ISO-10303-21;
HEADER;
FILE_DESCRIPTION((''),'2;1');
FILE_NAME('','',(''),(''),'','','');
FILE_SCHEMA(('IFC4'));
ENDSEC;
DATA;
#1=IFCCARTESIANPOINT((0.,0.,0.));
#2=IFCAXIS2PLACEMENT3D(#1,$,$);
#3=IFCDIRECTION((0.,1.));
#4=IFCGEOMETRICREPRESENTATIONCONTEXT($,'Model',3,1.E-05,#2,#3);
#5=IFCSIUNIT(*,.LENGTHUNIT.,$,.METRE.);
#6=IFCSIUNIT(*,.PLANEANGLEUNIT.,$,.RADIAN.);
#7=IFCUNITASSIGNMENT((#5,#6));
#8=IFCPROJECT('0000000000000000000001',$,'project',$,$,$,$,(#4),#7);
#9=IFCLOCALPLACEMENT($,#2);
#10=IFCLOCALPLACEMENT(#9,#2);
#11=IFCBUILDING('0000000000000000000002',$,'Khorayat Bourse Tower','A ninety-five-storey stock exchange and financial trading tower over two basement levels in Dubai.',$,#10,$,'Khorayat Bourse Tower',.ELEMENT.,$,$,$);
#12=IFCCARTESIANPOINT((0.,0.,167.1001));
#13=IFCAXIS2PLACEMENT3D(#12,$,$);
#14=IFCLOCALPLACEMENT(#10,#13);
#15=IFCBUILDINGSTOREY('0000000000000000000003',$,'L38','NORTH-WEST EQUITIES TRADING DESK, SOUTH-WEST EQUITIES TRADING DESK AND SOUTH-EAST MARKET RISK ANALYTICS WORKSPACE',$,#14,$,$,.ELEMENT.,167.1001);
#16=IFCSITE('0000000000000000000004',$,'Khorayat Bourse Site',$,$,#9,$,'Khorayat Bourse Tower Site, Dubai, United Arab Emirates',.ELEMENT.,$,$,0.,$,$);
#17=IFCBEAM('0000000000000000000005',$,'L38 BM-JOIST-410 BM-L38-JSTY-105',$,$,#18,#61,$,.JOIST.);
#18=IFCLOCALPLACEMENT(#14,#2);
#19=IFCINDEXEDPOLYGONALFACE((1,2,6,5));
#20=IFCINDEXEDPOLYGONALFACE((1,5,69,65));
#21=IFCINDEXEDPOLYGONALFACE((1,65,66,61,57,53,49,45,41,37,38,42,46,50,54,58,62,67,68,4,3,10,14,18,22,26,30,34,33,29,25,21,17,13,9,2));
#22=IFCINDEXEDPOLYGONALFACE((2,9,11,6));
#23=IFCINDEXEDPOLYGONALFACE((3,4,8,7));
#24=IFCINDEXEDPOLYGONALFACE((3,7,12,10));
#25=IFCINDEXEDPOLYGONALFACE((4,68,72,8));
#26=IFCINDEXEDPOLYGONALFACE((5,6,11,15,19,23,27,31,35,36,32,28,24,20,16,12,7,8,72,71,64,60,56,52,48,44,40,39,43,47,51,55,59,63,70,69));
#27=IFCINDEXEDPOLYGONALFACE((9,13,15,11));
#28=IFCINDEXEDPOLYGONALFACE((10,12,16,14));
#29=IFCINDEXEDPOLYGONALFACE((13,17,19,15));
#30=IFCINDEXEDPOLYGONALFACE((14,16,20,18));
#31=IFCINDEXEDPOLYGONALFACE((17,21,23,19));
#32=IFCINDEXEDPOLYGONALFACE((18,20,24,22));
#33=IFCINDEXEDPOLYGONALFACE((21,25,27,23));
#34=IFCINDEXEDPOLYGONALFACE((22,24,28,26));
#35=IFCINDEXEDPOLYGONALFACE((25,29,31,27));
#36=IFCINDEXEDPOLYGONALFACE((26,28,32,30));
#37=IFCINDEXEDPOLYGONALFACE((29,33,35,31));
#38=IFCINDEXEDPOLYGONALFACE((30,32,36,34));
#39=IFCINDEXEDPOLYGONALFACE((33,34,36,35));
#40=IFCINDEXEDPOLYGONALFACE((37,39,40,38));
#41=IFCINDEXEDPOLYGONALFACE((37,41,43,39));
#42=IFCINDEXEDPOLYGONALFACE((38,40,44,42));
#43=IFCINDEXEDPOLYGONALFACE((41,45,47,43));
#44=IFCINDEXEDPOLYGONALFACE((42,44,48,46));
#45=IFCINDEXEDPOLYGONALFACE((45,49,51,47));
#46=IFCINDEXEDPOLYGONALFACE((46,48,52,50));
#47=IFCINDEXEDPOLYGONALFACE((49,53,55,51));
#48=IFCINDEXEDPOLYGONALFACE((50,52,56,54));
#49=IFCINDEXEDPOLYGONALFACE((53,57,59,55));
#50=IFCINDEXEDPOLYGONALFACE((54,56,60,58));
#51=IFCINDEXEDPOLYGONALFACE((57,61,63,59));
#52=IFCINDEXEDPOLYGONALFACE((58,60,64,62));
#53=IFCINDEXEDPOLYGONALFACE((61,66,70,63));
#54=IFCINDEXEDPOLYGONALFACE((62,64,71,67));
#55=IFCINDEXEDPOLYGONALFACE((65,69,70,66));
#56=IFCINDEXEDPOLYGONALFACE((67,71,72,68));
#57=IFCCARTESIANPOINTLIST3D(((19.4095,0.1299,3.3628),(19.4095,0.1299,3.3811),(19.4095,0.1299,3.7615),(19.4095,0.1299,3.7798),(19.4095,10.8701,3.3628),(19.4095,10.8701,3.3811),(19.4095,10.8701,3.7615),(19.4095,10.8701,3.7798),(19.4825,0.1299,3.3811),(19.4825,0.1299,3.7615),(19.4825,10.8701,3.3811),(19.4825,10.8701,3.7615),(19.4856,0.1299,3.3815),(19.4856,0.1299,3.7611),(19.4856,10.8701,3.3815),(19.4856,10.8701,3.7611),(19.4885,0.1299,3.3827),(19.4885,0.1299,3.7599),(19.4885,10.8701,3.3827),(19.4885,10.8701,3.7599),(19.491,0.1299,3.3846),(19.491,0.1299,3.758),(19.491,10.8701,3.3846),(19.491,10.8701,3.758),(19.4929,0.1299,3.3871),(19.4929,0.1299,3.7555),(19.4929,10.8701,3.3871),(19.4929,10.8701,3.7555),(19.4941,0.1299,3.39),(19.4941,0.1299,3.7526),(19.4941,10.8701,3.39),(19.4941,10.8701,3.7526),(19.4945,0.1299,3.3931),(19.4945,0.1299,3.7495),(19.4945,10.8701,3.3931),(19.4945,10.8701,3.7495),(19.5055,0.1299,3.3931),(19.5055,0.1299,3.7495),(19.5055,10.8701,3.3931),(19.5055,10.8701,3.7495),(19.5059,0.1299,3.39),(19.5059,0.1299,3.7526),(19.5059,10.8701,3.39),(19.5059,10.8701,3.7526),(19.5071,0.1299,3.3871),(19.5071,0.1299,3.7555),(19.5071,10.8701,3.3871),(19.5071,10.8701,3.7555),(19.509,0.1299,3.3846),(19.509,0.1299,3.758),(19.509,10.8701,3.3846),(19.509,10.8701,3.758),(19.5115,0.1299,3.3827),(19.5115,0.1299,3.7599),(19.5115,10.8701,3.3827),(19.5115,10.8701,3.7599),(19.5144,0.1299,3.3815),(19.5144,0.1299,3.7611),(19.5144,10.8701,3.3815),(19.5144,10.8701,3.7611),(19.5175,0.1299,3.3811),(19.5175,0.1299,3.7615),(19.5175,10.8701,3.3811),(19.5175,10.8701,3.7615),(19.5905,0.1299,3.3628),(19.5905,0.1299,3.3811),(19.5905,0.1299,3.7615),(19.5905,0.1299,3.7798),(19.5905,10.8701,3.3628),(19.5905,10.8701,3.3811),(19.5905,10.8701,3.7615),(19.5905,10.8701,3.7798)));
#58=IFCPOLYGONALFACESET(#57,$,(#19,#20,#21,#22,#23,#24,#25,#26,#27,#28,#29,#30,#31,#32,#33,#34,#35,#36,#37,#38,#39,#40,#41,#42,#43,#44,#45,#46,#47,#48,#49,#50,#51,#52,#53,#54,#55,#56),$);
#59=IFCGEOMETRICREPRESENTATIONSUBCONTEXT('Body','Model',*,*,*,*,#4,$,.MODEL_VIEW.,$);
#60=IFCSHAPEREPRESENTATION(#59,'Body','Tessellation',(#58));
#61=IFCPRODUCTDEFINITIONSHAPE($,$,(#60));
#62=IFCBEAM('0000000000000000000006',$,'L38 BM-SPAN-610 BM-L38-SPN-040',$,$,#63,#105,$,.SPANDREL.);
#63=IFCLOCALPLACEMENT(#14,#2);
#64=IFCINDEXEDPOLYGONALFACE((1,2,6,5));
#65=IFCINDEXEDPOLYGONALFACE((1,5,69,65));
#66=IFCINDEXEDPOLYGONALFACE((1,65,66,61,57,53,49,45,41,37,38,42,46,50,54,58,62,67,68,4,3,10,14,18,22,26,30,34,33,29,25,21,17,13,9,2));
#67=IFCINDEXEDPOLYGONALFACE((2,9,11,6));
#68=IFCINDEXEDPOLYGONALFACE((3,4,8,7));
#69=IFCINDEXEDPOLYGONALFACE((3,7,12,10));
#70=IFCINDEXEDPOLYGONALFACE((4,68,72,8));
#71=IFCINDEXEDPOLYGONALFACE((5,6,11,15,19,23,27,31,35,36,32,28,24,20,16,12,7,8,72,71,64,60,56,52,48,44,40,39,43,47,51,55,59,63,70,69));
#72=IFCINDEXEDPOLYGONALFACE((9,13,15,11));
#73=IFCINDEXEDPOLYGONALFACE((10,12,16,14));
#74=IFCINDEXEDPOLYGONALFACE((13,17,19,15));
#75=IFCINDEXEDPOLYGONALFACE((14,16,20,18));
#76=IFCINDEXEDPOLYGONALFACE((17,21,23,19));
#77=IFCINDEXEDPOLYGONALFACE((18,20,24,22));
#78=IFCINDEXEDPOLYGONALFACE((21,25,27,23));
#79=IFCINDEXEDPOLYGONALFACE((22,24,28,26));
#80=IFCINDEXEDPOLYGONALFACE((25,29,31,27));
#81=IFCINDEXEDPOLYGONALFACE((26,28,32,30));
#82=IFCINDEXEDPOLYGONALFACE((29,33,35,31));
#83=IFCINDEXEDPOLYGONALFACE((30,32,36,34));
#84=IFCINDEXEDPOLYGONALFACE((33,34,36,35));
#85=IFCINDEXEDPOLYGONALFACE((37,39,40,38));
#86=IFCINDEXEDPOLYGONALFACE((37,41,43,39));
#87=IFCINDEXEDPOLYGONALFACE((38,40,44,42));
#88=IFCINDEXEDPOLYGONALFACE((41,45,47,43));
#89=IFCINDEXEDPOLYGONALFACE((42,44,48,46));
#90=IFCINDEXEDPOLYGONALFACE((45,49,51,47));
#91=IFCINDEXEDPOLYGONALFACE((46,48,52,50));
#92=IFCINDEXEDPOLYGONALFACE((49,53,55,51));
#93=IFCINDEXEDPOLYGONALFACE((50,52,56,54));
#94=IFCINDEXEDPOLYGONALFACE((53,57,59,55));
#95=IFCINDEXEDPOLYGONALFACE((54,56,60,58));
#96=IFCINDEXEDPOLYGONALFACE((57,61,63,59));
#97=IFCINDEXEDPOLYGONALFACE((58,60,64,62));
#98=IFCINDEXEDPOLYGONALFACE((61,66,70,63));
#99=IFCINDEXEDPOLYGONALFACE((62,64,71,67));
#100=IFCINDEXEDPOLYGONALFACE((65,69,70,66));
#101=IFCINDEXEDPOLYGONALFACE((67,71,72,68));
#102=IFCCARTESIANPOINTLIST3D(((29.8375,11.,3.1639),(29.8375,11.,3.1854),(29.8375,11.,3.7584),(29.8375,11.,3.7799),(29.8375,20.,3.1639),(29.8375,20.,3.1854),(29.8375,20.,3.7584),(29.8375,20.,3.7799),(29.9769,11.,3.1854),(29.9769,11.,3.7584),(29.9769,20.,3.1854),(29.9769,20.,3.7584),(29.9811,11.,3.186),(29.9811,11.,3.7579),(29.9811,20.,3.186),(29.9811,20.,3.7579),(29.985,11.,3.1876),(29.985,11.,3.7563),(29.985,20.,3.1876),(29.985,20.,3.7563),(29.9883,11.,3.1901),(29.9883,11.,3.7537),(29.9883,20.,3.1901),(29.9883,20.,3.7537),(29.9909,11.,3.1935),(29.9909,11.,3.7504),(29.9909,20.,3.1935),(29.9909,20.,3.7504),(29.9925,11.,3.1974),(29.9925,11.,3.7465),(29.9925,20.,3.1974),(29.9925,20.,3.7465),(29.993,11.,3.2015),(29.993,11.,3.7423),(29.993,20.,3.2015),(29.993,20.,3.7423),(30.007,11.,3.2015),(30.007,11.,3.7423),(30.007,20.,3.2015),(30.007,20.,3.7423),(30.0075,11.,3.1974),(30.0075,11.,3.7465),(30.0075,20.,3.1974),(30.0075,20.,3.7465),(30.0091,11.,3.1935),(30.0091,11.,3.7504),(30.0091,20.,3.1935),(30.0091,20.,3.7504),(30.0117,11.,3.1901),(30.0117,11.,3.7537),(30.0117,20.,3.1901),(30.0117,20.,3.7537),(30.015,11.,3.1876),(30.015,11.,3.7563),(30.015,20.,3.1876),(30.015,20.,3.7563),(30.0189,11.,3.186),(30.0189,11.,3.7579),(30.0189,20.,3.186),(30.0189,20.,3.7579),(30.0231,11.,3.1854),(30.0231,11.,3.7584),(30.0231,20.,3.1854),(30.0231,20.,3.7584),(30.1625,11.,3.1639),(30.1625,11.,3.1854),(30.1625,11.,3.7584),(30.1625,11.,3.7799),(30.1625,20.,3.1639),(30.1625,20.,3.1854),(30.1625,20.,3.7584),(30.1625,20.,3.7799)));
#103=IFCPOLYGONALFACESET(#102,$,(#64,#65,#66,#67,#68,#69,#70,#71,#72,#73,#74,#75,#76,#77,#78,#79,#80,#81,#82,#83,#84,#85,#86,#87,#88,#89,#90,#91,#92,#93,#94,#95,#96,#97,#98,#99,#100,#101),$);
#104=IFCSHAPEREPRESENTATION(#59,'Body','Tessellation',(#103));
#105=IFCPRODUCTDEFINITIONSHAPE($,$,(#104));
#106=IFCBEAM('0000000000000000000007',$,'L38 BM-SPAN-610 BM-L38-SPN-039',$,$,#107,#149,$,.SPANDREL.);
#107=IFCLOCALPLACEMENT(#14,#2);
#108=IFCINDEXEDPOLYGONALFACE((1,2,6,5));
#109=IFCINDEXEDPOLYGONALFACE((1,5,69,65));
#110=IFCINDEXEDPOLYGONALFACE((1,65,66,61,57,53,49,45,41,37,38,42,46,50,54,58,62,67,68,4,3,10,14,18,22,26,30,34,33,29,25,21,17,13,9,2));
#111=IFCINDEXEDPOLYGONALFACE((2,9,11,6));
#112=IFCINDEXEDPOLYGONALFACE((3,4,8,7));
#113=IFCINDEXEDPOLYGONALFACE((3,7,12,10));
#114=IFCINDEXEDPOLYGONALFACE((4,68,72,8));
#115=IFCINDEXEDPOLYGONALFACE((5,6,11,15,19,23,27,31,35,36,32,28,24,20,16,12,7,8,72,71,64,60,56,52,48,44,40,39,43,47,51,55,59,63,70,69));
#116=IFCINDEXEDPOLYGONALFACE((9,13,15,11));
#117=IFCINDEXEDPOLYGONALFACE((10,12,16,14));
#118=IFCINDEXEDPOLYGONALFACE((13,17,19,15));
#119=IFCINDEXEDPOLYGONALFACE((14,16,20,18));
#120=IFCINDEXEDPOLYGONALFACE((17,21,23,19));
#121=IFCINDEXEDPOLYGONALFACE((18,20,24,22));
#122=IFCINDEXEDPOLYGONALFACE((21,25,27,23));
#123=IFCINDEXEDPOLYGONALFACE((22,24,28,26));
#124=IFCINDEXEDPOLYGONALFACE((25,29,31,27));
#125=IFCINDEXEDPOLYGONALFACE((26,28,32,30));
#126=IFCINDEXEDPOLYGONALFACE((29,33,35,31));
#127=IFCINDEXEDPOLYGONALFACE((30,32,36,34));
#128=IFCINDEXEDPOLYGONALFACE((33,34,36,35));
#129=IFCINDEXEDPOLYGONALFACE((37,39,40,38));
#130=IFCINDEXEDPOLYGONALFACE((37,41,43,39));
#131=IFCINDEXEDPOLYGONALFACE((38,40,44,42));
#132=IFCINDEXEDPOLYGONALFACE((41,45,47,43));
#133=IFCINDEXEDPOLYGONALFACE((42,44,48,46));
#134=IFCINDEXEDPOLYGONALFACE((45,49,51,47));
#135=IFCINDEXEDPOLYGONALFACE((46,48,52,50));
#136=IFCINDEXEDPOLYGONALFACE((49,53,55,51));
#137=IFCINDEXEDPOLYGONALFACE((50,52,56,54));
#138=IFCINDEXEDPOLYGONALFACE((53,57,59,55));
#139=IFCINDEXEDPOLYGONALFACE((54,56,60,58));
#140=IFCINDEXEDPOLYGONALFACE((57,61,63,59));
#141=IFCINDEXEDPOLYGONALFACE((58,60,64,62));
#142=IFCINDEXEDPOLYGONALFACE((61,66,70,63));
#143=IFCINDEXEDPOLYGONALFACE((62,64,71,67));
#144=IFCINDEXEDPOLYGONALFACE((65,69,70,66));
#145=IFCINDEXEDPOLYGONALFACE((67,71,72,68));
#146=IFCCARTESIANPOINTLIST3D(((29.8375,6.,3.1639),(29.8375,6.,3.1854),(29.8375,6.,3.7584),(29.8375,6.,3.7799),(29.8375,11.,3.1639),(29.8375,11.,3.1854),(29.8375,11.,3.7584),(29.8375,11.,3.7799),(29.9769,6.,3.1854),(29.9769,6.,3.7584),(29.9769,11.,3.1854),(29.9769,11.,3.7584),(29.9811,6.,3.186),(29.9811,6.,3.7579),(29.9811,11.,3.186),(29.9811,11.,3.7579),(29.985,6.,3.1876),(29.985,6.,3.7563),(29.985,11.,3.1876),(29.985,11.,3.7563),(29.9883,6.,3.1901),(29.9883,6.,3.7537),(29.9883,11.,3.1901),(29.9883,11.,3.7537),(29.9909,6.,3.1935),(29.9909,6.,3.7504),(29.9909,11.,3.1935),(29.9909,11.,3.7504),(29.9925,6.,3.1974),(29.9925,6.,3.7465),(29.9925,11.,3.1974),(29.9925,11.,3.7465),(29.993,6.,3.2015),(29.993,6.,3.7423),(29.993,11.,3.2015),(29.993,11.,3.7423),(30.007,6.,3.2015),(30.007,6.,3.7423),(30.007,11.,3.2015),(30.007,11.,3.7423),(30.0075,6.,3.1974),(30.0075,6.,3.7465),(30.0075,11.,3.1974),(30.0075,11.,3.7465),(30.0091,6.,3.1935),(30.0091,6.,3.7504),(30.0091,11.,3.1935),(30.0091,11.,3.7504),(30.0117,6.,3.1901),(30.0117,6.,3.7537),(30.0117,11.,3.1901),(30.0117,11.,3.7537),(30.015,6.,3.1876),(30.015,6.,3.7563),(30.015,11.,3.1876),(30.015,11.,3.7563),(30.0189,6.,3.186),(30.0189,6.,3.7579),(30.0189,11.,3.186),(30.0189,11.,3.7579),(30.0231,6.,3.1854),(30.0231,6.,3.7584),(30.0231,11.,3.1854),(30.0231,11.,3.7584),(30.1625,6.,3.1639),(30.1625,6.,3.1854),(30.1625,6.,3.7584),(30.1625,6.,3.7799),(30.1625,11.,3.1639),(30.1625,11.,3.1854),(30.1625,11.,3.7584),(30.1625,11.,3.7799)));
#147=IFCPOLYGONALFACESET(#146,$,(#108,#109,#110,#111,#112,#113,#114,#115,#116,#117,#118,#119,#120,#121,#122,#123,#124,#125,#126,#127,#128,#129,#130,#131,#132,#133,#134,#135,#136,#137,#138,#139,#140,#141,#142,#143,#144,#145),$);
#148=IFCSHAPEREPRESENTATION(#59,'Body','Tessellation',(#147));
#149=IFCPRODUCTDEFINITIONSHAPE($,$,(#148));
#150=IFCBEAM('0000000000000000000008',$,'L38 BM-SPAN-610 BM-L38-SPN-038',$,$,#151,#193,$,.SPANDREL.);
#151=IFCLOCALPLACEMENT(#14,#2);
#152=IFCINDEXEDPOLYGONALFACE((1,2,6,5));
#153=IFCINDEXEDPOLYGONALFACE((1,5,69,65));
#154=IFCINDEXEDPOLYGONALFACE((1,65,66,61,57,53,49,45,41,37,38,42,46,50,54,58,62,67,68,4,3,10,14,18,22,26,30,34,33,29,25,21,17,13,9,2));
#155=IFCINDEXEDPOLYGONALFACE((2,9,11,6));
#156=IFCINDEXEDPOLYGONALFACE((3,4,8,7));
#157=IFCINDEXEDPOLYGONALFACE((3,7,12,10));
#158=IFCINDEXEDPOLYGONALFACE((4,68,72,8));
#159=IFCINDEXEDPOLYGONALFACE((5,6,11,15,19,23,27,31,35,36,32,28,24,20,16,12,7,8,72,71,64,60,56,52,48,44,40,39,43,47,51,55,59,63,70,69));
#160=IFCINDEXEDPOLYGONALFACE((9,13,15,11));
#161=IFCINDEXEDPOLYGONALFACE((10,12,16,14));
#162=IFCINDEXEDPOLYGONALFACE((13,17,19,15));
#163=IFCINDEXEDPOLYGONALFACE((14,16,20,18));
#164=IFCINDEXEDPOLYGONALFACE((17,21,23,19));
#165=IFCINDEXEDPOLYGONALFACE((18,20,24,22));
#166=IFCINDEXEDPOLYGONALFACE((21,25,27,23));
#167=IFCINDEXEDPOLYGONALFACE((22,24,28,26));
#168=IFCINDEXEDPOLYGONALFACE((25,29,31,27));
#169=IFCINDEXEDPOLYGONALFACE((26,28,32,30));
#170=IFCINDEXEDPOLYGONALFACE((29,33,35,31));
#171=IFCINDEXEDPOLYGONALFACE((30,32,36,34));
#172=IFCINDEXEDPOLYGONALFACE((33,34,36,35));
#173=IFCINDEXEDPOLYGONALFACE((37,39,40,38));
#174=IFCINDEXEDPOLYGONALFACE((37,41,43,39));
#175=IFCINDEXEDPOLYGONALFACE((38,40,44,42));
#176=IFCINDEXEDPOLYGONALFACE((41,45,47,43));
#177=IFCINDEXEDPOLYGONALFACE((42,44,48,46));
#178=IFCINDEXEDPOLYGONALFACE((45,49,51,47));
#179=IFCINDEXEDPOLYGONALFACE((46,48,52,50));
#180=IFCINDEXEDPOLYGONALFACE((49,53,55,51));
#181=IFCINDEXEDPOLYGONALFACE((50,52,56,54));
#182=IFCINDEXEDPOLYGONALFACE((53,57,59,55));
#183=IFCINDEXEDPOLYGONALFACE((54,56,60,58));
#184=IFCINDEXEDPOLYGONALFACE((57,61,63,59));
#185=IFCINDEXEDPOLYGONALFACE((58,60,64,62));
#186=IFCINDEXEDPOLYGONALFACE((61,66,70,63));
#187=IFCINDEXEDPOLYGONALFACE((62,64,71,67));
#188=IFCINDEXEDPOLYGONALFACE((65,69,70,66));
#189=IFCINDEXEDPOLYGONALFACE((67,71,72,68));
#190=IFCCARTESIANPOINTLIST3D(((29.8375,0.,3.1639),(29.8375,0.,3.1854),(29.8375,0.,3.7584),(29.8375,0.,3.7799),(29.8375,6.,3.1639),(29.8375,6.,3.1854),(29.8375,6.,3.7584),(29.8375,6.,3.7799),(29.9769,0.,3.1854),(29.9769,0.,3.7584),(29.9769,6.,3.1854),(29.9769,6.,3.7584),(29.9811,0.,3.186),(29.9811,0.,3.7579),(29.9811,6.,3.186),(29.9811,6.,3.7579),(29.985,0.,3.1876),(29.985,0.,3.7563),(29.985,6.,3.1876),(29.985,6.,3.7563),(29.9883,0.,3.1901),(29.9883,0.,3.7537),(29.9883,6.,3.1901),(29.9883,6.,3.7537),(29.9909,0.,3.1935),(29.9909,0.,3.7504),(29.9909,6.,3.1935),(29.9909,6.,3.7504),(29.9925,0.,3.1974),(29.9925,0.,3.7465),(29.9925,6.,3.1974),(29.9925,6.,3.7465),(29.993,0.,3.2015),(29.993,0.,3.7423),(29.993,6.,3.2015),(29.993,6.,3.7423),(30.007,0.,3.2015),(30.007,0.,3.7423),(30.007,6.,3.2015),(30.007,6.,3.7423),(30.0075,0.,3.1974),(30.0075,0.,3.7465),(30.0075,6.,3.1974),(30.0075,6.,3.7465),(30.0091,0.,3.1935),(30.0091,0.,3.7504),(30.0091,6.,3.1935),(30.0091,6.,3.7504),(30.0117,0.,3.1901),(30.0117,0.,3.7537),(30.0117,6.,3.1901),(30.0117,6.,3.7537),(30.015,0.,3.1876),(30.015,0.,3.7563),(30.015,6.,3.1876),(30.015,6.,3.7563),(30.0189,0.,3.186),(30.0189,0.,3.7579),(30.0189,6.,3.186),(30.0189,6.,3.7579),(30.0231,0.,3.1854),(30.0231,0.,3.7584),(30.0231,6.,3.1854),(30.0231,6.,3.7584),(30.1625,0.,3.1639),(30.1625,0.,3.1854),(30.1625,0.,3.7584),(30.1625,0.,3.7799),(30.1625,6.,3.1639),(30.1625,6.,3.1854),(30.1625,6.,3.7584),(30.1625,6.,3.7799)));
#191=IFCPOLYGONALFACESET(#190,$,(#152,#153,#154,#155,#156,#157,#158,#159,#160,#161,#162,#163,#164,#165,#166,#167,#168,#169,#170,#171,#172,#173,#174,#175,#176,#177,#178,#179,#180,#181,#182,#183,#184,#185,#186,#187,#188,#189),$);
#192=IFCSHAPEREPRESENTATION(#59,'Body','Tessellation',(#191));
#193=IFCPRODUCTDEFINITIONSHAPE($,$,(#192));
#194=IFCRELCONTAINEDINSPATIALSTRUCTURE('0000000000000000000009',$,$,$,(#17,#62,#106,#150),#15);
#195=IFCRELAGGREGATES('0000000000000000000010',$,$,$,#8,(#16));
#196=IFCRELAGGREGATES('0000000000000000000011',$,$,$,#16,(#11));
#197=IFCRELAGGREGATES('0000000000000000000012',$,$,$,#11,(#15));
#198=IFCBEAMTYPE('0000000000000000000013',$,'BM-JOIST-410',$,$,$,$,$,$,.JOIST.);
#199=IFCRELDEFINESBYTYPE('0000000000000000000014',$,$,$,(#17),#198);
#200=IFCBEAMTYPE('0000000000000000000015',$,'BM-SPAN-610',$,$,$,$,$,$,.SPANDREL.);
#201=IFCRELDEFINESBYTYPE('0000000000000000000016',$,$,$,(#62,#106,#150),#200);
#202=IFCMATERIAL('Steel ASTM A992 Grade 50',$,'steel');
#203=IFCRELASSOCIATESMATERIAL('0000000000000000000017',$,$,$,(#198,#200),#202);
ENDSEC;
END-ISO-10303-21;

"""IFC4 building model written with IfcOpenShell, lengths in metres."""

from ifc_helpers import new_model, si_unit, direction, frame, origin, origin_2d, place, context, subcontext, project, spatial, i_section, extrude, source, transform, mapped, material, material_profile, profile_set, type_object, element, save


model = new_model("IFC4")

# Units and contexts
model_context = context("Model", 3, precision=1e-05, world=origin(), true_north=direction((0.0, 1.0)))
body_context = subcontext(model_context, "Body", "Model", "MODEL_VIEW")
ifc_project = project(units=[si_unit("LENGTHUNIT", "METRE"), si_unit("PLANEANGLEUNIT", "RADIAN")], contexts=[model_context])

# Site, building, storey
site_placement = place(None, origin())
site = spatial("IfcSite", under=ifc_project, at=site_placement, Name="Khorayat Bourse Site", LongName="Khorayat Bourse Tower Site, Dubai, United Arab Emirates", CompositionType="ELEMENT", RefElevation=0.0)
building_placement = place(site_placement, origin())
building = spatial("IfcBuilding", under=site, at=building_placement, Name="Khorayat Bourse Tower", Description="A ninety-five-storey stock exchange and financial trading tower over two basement levels in Dubai.", LongName="Khorayat Bourse Tower", CompositionType="ELEMENT")
storey_placement = place(building_placement, frame((0.0, 0.0, 167.1001)))
storey = spatial("IfcBuildingStorey", under=building, at=storey_placement, Name="L38", Description="NORTH-WEST EQUITIES TRADING DESK, SOUTH-WEST EQUITIES TRADING DESK AND SOUTH-EAST MARKET RISK ANALYTICS WORKSPACE", CompositionType="ELEMENT", Elevation=167.1001)

# Beams
ifc_material_1 = material(Name="Steel ASTM A992 Grade 50", Category="steel")
ifc_material_profile_1 = material_profile(ifc_material_1, i_section(OverallWidth=0.1809, OverallDepth=0.417, WebThickness=0.011, FlangeThickness=0.0183, FilletRadius=0.012, at=origin_2d()), Name="W410X85")
ifc_profile_set_1 = profile_set([ifc_material_profile_1], Name="Steel ASTM A992 Grade 50")
beam_type_1 = type_object("IfcBeamType", Name="BM-JOIST-410", PredefinedType="JOIST", material=ifc_profile_set_1)
shared_shape_1 = source(origin(), body_context, "Body", "SweptSolid", [
    extrude(i_section(OverallWidth=0.1809, OverallDepth=0.417, WebThickness=0.011, FlangeThickness=0.0183, FilletRadius=0.012, at=origin_2d()), origin(), (0.0, 0.0, 1.0), 10.7402),
])
beam_1_placement = place(storey_placement, frame((19.5, 0.1299, 3.5713), z_axis=(0.0, 1.0, 0.0), x_axis=(-1.0, 0.0, 0.0)))
element("IfcBeam", 1, at=beam_1_placement, inside=storey, type_object=beam_type_1, Name="L38 BM-JOIST-410 BM-L38-JSTY-105", PredefinedType="JOIST", context=body_context, shape_type="MappedRepresentation", body=[
    mapped(shared_shape_1, transform((0.0, 0.0, 0.0), scale=1.0)),
])
ifc_material_profile_2 = material_profile(ifc_material_1, i_section(OverallWidth=0.325, OverallDepth=0.616, WebThickness=0.0139, FlangeThickness=0.0215, FilletRadius=0.0161, at=origin_2d()), Name="W610X174")
ifc_profile_set_2 = profile_set([ifc_material_profile_2], Name="Steel ASTM A992 Grade 50")
beam_type_2 = type_object("IfcBeamType", Name="BM-SPAN-610", PredefinedType="SPANDREL", material=ifc_profile_set_2)
shared_shape_2 = source(origin(), body_context, "Body", "SweptSolid", [
    extrude(i_section(OverallWidth=0.325, OverallDepth=0.616, WebThickness=0.0139, FlangeThickness=0.0215, FilletRadius=0.0161, at=origin_2d()), origin(), (0.0, 0.0, 1.0), 9.0),
])
beam_2_placement = place(storey_placement, frame((30.0, 11.0, 3.4719), z_axis=(0.0, 1.0, 0.0), x_axis=(-1.0, 0.0, 0.0)))
element("IfcBeam", 2, at=beam_2_placement, inside=storey, type_object=beam_type_2, Name="L38 BM-SPAN-610 BM-L38-SPN-040", PredefinedType="SPANDREL", context=body_context, shape_type="MappedRepresentation", body=[
    mapped(shared_shape_2, transform((0.0, 0.0, 0.0), scale=1.0)),
])
shared_shape_3 = source(origin(), body_context, "Body", "SweptSolid", [
    extrude(i_section(OverallWidth=0.325, OverallDepth=0.616, WebThickness=0.0139, FlangeThickness=0.0215, FilletRadius=0.0161, at=origin_2d()), origin(), (0.0, 0.0, 1.0), 5.0),
])
beam_3_placement = place(storey_placement, frame((30.0, 6.0, 3.4719), z_axis=(0.0, 1.0, 0.0), x_axis=(-1.0, 0.0, 0.0)))
element("IfcBeam", 3, at=beam_3_placement, inside=storey, type_object=beam_type_2, Name="L38 BM-SPAN-610 BM-L38-SPN-039", PredefinedType="SPANDREL", context=body_context, shape_type="MappedRepresentation", body=[
    mapped(shared_shape_3, transform((0.0, 0.0, 0.0), scale=1.0)),
])
shared_shape_4 = source(origin(), body_context, "Body", "SweptSolid", [
    extrude(i_section(OverallWidth=0.325, OverallDepth=0.616, WebThickness=0.0139, FlangeThickness=0.0215, FilletRadius=0.0161, at=origin_2d()), origin(), (0.0, 0.0, 1.0), 6.0),
])
beam_4_placement = place(storey_placement, frame((30.0, 0.0, 3.4719), z_axis=(0.0, 1.0, 0.0), x_axis=(-1.0, 0.0, 0.0)))
element("IfcBeam", 4, at=beam_4_placement, inside=storey, type_object=beam_type_2, Name="L38 BM-SPAN-610 BM-L38-SPN-038", PredefinedType="SPANDREL", context=body_context, shape_type="MappedRepresentation", body=[
    mapped(shared_shape_4, transform((0.0, 0.0, 0.0), scale=1.0)),
])

save(model, "model.ifc")
